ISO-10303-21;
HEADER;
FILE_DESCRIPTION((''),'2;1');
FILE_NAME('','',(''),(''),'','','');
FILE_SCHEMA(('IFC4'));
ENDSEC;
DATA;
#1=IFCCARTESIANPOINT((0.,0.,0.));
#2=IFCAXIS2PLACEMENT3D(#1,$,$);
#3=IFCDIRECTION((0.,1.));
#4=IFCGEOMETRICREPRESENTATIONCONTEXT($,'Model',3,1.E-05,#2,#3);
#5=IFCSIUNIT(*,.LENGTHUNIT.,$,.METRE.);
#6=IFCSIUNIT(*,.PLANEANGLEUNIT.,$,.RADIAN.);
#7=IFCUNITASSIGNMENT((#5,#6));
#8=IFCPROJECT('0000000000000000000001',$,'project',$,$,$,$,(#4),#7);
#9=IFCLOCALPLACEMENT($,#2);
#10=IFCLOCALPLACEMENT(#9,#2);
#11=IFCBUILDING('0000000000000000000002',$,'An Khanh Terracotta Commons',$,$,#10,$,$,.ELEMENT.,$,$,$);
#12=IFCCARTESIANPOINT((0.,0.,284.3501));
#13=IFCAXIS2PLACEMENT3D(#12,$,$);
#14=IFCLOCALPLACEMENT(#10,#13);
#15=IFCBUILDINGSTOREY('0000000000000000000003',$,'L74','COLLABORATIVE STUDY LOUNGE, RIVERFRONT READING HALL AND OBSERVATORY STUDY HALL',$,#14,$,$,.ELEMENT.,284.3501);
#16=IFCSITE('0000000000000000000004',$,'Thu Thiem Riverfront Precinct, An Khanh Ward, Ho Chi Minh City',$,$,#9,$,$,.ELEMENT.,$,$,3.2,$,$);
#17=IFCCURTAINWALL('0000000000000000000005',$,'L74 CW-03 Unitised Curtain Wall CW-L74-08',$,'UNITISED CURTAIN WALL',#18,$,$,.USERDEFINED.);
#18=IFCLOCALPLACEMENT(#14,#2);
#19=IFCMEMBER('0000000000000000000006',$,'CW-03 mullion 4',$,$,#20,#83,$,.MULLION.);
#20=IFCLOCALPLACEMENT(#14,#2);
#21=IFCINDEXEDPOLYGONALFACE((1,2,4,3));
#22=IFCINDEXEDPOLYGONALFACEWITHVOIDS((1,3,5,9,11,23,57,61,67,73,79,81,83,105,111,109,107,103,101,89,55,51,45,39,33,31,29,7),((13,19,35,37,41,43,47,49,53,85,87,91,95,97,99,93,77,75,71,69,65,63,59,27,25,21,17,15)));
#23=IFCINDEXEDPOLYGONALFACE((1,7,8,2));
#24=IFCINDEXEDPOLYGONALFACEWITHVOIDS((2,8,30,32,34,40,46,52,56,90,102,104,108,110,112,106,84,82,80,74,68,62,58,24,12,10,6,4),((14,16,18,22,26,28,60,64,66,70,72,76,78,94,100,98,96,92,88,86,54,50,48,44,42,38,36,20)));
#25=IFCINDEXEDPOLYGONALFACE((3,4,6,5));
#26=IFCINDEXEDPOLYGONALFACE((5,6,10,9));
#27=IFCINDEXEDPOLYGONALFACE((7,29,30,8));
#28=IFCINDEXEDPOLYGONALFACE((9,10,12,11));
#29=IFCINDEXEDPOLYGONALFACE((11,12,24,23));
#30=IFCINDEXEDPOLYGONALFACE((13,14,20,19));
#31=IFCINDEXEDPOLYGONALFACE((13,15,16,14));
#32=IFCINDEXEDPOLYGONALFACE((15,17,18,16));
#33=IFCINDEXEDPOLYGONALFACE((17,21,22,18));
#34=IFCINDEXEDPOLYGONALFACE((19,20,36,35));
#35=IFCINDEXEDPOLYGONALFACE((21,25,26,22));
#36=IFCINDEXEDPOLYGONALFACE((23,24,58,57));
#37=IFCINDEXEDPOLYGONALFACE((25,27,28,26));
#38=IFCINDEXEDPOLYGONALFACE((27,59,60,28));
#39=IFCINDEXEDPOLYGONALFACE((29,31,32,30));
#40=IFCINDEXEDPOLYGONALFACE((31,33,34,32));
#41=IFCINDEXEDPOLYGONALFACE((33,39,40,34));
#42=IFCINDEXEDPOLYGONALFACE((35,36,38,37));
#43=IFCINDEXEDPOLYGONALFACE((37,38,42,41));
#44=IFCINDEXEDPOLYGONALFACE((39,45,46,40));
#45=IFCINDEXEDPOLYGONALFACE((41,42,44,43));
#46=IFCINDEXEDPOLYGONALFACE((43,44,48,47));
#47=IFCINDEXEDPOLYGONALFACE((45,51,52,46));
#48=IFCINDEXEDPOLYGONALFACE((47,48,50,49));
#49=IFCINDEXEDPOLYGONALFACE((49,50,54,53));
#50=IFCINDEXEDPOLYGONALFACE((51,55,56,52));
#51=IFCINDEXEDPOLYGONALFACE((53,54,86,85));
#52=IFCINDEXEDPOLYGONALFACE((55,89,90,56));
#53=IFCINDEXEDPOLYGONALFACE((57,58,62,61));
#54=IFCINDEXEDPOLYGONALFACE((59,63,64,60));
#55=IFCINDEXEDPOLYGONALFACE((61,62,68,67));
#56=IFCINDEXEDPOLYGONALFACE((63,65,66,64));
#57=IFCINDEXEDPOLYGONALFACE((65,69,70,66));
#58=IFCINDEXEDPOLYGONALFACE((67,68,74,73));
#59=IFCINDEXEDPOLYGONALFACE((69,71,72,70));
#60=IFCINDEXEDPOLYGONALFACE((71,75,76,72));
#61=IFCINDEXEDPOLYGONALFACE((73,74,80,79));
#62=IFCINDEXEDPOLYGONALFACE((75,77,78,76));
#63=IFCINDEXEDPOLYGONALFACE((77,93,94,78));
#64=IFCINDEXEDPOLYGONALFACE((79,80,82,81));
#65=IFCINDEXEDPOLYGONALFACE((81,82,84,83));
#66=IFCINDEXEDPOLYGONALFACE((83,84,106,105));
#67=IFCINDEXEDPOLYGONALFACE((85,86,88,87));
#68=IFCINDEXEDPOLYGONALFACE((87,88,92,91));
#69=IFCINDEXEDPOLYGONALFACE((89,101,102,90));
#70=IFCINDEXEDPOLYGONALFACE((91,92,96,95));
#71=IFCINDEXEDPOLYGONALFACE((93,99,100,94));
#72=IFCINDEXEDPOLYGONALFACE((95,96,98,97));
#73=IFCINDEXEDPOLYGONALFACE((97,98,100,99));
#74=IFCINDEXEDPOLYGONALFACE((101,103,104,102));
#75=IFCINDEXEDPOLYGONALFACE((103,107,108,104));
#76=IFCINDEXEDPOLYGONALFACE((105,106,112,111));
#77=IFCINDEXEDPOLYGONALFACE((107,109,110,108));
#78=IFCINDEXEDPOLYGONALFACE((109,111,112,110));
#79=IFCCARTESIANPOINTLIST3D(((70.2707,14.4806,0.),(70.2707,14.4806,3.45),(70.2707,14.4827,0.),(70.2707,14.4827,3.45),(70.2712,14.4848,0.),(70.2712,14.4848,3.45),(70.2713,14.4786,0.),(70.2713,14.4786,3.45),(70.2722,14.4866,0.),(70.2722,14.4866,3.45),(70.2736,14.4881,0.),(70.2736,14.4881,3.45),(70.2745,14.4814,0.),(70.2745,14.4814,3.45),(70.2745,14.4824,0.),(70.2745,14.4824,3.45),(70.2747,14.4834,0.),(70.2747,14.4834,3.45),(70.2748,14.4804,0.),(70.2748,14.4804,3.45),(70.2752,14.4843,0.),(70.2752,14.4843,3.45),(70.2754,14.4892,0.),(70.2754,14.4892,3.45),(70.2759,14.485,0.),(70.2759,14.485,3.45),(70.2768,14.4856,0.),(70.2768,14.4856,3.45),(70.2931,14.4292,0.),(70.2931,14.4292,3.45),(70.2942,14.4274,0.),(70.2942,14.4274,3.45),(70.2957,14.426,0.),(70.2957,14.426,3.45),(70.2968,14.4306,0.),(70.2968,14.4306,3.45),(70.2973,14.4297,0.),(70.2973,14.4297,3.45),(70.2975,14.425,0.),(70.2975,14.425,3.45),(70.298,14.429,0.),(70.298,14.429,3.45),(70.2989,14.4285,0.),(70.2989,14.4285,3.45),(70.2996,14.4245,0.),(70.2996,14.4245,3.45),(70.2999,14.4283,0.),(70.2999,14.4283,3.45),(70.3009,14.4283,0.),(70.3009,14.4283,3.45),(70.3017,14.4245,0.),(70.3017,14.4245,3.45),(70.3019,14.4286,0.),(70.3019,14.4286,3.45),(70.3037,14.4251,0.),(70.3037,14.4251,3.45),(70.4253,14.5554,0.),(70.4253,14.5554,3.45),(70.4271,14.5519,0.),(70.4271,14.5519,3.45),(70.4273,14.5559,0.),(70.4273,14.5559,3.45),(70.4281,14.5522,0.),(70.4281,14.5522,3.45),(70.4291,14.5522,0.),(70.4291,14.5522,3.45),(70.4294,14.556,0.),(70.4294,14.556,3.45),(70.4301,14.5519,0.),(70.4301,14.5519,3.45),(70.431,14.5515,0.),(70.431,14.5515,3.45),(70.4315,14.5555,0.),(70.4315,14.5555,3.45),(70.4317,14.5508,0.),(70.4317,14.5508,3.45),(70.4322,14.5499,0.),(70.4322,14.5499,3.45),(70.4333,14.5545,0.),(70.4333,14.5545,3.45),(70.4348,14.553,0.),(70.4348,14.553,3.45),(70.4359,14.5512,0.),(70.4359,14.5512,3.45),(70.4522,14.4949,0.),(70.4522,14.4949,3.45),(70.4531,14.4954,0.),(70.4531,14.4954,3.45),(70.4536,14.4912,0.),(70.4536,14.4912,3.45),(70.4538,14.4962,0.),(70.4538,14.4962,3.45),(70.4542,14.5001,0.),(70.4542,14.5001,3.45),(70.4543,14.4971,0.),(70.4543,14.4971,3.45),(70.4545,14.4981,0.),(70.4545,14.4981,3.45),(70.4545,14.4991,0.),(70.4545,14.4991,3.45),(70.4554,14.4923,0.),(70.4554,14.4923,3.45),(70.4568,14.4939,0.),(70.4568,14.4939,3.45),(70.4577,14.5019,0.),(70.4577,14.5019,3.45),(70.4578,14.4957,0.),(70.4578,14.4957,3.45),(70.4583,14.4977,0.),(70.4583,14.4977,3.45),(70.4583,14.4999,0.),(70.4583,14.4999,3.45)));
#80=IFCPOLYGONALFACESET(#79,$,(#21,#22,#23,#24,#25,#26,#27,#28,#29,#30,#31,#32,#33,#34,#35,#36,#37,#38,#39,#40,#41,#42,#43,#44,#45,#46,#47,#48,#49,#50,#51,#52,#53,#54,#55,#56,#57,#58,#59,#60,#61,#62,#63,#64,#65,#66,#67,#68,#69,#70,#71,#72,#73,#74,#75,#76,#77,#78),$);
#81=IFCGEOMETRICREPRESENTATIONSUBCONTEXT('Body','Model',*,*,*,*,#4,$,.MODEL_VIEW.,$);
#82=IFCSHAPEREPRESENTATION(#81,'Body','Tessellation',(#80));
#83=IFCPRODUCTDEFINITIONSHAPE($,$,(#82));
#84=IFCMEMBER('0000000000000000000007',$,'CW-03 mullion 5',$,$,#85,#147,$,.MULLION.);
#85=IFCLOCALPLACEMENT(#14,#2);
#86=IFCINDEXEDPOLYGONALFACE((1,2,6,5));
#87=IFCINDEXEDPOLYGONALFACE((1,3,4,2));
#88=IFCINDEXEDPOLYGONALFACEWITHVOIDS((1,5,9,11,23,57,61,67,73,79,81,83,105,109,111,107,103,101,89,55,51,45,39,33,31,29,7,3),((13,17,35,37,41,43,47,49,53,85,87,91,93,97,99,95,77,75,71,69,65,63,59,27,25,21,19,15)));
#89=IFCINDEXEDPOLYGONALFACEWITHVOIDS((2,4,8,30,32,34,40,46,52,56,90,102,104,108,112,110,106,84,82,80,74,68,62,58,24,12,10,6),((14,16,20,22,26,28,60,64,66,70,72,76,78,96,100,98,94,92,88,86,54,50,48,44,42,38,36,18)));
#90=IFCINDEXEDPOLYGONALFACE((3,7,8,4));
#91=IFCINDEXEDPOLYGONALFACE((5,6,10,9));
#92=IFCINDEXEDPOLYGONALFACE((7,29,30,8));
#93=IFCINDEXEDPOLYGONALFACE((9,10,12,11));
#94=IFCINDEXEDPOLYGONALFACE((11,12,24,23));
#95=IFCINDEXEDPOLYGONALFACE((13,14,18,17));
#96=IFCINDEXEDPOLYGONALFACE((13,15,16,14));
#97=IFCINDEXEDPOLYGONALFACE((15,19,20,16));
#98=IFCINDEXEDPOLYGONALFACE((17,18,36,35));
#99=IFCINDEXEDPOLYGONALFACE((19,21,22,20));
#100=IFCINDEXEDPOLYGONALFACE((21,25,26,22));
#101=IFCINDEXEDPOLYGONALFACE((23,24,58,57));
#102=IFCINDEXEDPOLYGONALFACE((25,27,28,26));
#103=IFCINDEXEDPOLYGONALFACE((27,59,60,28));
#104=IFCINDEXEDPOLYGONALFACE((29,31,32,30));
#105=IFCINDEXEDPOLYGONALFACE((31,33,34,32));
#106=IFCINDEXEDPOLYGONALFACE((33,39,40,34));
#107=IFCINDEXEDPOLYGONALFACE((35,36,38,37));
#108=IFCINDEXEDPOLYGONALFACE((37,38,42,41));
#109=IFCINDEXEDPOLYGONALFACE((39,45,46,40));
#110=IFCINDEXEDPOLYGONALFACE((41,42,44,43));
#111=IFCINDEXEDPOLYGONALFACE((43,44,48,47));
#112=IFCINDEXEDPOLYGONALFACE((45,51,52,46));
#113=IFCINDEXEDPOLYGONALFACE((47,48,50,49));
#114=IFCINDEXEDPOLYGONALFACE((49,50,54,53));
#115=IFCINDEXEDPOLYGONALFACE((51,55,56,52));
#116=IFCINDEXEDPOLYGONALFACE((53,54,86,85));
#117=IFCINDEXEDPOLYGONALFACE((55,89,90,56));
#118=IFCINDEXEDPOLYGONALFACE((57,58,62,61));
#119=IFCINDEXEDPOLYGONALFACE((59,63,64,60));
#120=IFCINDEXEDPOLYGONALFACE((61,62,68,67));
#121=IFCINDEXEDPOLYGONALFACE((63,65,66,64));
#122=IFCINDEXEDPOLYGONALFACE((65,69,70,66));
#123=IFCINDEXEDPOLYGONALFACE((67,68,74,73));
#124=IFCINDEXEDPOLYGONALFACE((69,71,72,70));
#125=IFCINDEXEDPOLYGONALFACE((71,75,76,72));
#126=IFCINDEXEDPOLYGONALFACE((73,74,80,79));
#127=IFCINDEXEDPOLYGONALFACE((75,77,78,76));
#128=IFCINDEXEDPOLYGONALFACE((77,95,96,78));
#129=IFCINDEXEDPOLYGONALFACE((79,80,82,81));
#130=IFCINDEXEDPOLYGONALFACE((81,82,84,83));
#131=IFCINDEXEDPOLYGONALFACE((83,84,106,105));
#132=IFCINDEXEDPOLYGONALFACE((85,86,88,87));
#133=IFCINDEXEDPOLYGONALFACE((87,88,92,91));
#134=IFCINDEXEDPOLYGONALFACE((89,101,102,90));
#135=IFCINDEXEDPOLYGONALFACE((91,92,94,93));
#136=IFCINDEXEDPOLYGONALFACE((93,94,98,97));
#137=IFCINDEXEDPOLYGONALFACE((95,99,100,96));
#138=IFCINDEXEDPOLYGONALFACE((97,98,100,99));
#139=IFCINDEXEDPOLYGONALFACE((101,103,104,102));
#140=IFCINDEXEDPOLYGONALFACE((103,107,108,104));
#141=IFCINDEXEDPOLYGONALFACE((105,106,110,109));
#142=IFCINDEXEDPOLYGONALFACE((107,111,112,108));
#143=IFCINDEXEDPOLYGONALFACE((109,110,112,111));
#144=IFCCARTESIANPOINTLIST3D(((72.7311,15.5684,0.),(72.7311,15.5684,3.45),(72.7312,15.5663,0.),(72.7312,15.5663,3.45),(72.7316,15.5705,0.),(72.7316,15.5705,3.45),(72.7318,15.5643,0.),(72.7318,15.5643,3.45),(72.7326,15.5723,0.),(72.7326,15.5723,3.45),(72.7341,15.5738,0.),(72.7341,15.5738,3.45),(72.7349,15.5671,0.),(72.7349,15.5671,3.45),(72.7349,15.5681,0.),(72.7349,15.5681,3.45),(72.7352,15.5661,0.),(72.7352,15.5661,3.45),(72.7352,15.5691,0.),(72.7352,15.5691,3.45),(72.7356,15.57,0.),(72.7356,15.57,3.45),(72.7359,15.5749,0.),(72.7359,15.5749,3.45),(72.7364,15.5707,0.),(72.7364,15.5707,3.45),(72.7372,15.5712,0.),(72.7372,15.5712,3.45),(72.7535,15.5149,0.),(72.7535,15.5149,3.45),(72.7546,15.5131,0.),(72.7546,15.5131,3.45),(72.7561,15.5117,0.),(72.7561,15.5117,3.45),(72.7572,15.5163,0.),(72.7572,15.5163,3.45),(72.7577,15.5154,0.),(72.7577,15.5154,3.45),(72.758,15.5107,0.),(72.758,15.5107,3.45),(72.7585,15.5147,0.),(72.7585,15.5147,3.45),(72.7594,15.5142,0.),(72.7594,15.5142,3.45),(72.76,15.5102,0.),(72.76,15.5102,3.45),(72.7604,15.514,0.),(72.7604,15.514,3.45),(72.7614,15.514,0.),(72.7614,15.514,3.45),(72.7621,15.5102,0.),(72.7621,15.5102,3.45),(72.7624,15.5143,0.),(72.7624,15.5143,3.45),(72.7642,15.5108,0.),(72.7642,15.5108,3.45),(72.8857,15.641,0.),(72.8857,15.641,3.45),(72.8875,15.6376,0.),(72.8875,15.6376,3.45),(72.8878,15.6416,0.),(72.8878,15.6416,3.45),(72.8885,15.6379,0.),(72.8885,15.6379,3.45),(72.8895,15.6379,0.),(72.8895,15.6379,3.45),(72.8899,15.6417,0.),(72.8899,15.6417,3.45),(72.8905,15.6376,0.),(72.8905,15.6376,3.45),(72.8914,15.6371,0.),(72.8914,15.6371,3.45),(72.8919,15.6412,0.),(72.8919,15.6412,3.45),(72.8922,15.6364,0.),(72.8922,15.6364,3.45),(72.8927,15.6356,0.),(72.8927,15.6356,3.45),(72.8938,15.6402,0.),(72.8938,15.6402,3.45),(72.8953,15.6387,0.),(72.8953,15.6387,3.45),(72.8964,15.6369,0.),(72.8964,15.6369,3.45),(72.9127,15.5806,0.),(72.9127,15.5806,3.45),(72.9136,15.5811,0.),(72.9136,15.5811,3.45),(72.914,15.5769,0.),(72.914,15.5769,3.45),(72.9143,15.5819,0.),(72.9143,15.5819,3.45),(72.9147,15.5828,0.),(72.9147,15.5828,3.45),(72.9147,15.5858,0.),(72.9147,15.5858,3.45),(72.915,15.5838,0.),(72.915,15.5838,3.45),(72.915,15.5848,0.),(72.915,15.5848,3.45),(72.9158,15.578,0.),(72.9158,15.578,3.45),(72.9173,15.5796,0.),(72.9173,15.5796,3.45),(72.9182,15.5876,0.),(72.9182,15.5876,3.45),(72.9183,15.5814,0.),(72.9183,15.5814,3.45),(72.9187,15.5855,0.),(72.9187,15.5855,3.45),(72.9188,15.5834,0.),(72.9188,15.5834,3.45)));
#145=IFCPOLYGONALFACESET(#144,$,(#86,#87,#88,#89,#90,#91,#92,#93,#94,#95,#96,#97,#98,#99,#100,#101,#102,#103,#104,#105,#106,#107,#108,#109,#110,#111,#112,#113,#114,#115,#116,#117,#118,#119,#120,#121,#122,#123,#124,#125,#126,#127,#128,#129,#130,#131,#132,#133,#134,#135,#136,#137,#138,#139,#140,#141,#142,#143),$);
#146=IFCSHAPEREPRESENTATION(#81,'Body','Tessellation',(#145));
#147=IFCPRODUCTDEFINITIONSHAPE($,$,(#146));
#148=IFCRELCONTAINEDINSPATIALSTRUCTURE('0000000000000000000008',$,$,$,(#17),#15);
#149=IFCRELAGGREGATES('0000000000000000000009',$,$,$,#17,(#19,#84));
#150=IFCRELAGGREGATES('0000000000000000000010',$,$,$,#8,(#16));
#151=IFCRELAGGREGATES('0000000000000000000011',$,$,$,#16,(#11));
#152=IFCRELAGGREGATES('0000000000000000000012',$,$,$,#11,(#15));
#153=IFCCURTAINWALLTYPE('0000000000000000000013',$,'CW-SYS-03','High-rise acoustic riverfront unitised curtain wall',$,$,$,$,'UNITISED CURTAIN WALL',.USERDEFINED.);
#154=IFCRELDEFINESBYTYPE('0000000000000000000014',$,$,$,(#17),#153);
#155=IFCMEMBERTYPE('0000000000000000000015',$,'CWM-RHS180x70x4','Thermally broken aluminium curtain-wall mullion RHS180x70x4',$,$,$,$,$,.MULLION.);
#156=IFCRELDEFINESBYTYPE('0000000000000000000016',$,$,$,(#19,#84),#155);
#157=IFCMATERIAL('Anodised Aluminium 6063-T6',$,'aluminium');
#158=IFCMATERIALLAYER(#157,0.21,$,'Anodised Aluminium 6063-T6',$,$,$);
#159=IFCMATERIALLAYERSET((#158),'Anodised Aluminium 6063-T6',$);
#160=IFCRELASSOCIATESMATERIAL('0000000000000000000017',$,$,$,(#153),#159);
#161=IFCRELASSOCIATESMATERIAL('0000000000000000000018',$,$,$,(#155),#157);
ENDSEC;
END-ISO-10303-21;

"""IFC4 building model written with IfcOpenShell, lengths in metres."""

from ifc_helpers import new_model, si_unit, direction, frame, origin, origin_2d, place, context, subcontext, project, spatial, hollow_rectangle, extrude, material, layer, layer_set, material_profile, profile_set, type_object, element, aggregate, save


model = new_model("IFC4")

# Units and contexts
model_context = context("Model", 3, precision=1e-05, world=origin(), true_north=direction((0.0, 1.0)))
body_context = subcontext(model_context, "Body", "Model", "MODEL_VIEW")
ifc_project = project(units=[si_unit("LENGTHUNIT", "METRE"), si_unit("PLANEANGLEUNIT", "RADIAN")], contexts=[model_context])

# Site, building, storey
site_placement = place(None, origin())
site = spatial("IfcSite", under=ifc_project, at=site_placement, Name="Thu Thiem Riverfront Precinct, An Khanh Ward, Ho Chi Minh City", CompositionType="ELEMENT", RefElevation=3.2)
building_placement = place(site_placement, origin())
building = spatial("IfcBuilding", under=site, at=building_placement, Name="An Khanh Terracotta Commons", CompositionType="ELEMENT")
storey_placement = place(building_placement, frame((0.0, 0.0, 284.3501)))
storey = spatial("IfcBuildingStorey", under=building, at=storey_placement, Name="L74", Description="COLLABORATIVE STUDY LOUNGE, RIVERFRONT READING HALL AND OBSERVATORY STUDY HALL", CompositionType="ELEMENT", Elevation=284.3501)

# Curtain wall, members
ifc_material_1 = material(Name="Anodised Aluminium 6063-T6", Category="aluminium")
ifc_layer_1 = layer(ifc_material_1, 0.21, Name="Anodised Aluminium 6063-T6")
ifc_layer_set_1 = layer_set([ifc_layer_1], Name="Anodised Aluminium 6063-T6")
curtain_wall_type = type_object("IfcCurtainWallType", Name="CW-SYS-03", Description="High-rise acoustic riverfront unitised curtain wall", ElementType="UNITISED CURTAIN WALL", PredefinedType="USERDEFINED", material=ifc_layer_set_1)
curtain_wall_1_placement = place(storey_placement, origin())
curtain_wall_1 = element("IfcCurtainWall", 1, at=curtain_wall_1_placement, inside=storey, type_object=curtain_wall_type, Name="L74 CW-03 Unitised Curtain Wall CW-L74-08", ObjectType="UNITISED CURTAIN WALL", PredefinedType="USERDEFINED")
ifc_material_profile_1 = material_profile(ifc_material_1, hollow_rectangle(XDim=0.0701, YDim=0.1799, WallThickness=0.0039, InnerFilletRadius=0.0039, OuterFilletRadius=0.0081, at=origin_2d()), Name="RHS180x70x4")
ifc_profile_set_1 = profile_set([ifc_material_profile_1], Name="Anodised Aluminium 6063-T6")
member_type_1 = type_object("IfcMemberType", Name="CWM-RHS180x70x4", Description="Thermally broken aluminium curtain-wall mullion RHS180x70x4", PredefinedType="MULLION", material=ifc_profile_set_1)
member_1_placement = place(storey_placement, frame((70.3645, 14.4902, 0.0), z_axis=(0.0, 0.0, 1.0), x_axis=(-0.403676, 0.914902, 0.0)))
member_1 = element("IfcMember", 2, at=member_1_placement, type_object=member_type_1, Name="CW-03 mullion 4", PredefinedType="MULLION", context=body_context, shape_type="SweptSolid", body=[
    extrude(hollow_rectangle(XDim=0.0701, YDim=0.1799, WallThickness=0.0039, InnerFilletRadius=0.0039, OuterFilletRadius=0.0081, at=origin_2d()), origin(), (0.0, 0.0, 1.0), 3.45),
])
member_2_placement = place(storey_placement, frame((72.825, 15.5759, 0.0), z_axis=(0.0, 0.0, 1.0), x_axis=(-0.403676, 0.914902, 0.0)))
member_2 = element("IfcMember", 3, at=member_2_placement, type_object=member_type_1, Name="CW-03 mullion 5", PredefinedType="MULLION", context=body_context, shape_type="SweptSolid", body=[
    extrude(hollow_rectangle(XDim=0.0701, YDim=0.1799, WallThickness=0.0039, InnerFilletRadius=0.0039, OuterFilletRadius=0.0081, at=origin_2d()), origin(), (0.0, 0.0, 1.0), 3.45),
])

aggregate(curtain_wall_1, [member_1, member_2])

save(model, "model.ifc")
